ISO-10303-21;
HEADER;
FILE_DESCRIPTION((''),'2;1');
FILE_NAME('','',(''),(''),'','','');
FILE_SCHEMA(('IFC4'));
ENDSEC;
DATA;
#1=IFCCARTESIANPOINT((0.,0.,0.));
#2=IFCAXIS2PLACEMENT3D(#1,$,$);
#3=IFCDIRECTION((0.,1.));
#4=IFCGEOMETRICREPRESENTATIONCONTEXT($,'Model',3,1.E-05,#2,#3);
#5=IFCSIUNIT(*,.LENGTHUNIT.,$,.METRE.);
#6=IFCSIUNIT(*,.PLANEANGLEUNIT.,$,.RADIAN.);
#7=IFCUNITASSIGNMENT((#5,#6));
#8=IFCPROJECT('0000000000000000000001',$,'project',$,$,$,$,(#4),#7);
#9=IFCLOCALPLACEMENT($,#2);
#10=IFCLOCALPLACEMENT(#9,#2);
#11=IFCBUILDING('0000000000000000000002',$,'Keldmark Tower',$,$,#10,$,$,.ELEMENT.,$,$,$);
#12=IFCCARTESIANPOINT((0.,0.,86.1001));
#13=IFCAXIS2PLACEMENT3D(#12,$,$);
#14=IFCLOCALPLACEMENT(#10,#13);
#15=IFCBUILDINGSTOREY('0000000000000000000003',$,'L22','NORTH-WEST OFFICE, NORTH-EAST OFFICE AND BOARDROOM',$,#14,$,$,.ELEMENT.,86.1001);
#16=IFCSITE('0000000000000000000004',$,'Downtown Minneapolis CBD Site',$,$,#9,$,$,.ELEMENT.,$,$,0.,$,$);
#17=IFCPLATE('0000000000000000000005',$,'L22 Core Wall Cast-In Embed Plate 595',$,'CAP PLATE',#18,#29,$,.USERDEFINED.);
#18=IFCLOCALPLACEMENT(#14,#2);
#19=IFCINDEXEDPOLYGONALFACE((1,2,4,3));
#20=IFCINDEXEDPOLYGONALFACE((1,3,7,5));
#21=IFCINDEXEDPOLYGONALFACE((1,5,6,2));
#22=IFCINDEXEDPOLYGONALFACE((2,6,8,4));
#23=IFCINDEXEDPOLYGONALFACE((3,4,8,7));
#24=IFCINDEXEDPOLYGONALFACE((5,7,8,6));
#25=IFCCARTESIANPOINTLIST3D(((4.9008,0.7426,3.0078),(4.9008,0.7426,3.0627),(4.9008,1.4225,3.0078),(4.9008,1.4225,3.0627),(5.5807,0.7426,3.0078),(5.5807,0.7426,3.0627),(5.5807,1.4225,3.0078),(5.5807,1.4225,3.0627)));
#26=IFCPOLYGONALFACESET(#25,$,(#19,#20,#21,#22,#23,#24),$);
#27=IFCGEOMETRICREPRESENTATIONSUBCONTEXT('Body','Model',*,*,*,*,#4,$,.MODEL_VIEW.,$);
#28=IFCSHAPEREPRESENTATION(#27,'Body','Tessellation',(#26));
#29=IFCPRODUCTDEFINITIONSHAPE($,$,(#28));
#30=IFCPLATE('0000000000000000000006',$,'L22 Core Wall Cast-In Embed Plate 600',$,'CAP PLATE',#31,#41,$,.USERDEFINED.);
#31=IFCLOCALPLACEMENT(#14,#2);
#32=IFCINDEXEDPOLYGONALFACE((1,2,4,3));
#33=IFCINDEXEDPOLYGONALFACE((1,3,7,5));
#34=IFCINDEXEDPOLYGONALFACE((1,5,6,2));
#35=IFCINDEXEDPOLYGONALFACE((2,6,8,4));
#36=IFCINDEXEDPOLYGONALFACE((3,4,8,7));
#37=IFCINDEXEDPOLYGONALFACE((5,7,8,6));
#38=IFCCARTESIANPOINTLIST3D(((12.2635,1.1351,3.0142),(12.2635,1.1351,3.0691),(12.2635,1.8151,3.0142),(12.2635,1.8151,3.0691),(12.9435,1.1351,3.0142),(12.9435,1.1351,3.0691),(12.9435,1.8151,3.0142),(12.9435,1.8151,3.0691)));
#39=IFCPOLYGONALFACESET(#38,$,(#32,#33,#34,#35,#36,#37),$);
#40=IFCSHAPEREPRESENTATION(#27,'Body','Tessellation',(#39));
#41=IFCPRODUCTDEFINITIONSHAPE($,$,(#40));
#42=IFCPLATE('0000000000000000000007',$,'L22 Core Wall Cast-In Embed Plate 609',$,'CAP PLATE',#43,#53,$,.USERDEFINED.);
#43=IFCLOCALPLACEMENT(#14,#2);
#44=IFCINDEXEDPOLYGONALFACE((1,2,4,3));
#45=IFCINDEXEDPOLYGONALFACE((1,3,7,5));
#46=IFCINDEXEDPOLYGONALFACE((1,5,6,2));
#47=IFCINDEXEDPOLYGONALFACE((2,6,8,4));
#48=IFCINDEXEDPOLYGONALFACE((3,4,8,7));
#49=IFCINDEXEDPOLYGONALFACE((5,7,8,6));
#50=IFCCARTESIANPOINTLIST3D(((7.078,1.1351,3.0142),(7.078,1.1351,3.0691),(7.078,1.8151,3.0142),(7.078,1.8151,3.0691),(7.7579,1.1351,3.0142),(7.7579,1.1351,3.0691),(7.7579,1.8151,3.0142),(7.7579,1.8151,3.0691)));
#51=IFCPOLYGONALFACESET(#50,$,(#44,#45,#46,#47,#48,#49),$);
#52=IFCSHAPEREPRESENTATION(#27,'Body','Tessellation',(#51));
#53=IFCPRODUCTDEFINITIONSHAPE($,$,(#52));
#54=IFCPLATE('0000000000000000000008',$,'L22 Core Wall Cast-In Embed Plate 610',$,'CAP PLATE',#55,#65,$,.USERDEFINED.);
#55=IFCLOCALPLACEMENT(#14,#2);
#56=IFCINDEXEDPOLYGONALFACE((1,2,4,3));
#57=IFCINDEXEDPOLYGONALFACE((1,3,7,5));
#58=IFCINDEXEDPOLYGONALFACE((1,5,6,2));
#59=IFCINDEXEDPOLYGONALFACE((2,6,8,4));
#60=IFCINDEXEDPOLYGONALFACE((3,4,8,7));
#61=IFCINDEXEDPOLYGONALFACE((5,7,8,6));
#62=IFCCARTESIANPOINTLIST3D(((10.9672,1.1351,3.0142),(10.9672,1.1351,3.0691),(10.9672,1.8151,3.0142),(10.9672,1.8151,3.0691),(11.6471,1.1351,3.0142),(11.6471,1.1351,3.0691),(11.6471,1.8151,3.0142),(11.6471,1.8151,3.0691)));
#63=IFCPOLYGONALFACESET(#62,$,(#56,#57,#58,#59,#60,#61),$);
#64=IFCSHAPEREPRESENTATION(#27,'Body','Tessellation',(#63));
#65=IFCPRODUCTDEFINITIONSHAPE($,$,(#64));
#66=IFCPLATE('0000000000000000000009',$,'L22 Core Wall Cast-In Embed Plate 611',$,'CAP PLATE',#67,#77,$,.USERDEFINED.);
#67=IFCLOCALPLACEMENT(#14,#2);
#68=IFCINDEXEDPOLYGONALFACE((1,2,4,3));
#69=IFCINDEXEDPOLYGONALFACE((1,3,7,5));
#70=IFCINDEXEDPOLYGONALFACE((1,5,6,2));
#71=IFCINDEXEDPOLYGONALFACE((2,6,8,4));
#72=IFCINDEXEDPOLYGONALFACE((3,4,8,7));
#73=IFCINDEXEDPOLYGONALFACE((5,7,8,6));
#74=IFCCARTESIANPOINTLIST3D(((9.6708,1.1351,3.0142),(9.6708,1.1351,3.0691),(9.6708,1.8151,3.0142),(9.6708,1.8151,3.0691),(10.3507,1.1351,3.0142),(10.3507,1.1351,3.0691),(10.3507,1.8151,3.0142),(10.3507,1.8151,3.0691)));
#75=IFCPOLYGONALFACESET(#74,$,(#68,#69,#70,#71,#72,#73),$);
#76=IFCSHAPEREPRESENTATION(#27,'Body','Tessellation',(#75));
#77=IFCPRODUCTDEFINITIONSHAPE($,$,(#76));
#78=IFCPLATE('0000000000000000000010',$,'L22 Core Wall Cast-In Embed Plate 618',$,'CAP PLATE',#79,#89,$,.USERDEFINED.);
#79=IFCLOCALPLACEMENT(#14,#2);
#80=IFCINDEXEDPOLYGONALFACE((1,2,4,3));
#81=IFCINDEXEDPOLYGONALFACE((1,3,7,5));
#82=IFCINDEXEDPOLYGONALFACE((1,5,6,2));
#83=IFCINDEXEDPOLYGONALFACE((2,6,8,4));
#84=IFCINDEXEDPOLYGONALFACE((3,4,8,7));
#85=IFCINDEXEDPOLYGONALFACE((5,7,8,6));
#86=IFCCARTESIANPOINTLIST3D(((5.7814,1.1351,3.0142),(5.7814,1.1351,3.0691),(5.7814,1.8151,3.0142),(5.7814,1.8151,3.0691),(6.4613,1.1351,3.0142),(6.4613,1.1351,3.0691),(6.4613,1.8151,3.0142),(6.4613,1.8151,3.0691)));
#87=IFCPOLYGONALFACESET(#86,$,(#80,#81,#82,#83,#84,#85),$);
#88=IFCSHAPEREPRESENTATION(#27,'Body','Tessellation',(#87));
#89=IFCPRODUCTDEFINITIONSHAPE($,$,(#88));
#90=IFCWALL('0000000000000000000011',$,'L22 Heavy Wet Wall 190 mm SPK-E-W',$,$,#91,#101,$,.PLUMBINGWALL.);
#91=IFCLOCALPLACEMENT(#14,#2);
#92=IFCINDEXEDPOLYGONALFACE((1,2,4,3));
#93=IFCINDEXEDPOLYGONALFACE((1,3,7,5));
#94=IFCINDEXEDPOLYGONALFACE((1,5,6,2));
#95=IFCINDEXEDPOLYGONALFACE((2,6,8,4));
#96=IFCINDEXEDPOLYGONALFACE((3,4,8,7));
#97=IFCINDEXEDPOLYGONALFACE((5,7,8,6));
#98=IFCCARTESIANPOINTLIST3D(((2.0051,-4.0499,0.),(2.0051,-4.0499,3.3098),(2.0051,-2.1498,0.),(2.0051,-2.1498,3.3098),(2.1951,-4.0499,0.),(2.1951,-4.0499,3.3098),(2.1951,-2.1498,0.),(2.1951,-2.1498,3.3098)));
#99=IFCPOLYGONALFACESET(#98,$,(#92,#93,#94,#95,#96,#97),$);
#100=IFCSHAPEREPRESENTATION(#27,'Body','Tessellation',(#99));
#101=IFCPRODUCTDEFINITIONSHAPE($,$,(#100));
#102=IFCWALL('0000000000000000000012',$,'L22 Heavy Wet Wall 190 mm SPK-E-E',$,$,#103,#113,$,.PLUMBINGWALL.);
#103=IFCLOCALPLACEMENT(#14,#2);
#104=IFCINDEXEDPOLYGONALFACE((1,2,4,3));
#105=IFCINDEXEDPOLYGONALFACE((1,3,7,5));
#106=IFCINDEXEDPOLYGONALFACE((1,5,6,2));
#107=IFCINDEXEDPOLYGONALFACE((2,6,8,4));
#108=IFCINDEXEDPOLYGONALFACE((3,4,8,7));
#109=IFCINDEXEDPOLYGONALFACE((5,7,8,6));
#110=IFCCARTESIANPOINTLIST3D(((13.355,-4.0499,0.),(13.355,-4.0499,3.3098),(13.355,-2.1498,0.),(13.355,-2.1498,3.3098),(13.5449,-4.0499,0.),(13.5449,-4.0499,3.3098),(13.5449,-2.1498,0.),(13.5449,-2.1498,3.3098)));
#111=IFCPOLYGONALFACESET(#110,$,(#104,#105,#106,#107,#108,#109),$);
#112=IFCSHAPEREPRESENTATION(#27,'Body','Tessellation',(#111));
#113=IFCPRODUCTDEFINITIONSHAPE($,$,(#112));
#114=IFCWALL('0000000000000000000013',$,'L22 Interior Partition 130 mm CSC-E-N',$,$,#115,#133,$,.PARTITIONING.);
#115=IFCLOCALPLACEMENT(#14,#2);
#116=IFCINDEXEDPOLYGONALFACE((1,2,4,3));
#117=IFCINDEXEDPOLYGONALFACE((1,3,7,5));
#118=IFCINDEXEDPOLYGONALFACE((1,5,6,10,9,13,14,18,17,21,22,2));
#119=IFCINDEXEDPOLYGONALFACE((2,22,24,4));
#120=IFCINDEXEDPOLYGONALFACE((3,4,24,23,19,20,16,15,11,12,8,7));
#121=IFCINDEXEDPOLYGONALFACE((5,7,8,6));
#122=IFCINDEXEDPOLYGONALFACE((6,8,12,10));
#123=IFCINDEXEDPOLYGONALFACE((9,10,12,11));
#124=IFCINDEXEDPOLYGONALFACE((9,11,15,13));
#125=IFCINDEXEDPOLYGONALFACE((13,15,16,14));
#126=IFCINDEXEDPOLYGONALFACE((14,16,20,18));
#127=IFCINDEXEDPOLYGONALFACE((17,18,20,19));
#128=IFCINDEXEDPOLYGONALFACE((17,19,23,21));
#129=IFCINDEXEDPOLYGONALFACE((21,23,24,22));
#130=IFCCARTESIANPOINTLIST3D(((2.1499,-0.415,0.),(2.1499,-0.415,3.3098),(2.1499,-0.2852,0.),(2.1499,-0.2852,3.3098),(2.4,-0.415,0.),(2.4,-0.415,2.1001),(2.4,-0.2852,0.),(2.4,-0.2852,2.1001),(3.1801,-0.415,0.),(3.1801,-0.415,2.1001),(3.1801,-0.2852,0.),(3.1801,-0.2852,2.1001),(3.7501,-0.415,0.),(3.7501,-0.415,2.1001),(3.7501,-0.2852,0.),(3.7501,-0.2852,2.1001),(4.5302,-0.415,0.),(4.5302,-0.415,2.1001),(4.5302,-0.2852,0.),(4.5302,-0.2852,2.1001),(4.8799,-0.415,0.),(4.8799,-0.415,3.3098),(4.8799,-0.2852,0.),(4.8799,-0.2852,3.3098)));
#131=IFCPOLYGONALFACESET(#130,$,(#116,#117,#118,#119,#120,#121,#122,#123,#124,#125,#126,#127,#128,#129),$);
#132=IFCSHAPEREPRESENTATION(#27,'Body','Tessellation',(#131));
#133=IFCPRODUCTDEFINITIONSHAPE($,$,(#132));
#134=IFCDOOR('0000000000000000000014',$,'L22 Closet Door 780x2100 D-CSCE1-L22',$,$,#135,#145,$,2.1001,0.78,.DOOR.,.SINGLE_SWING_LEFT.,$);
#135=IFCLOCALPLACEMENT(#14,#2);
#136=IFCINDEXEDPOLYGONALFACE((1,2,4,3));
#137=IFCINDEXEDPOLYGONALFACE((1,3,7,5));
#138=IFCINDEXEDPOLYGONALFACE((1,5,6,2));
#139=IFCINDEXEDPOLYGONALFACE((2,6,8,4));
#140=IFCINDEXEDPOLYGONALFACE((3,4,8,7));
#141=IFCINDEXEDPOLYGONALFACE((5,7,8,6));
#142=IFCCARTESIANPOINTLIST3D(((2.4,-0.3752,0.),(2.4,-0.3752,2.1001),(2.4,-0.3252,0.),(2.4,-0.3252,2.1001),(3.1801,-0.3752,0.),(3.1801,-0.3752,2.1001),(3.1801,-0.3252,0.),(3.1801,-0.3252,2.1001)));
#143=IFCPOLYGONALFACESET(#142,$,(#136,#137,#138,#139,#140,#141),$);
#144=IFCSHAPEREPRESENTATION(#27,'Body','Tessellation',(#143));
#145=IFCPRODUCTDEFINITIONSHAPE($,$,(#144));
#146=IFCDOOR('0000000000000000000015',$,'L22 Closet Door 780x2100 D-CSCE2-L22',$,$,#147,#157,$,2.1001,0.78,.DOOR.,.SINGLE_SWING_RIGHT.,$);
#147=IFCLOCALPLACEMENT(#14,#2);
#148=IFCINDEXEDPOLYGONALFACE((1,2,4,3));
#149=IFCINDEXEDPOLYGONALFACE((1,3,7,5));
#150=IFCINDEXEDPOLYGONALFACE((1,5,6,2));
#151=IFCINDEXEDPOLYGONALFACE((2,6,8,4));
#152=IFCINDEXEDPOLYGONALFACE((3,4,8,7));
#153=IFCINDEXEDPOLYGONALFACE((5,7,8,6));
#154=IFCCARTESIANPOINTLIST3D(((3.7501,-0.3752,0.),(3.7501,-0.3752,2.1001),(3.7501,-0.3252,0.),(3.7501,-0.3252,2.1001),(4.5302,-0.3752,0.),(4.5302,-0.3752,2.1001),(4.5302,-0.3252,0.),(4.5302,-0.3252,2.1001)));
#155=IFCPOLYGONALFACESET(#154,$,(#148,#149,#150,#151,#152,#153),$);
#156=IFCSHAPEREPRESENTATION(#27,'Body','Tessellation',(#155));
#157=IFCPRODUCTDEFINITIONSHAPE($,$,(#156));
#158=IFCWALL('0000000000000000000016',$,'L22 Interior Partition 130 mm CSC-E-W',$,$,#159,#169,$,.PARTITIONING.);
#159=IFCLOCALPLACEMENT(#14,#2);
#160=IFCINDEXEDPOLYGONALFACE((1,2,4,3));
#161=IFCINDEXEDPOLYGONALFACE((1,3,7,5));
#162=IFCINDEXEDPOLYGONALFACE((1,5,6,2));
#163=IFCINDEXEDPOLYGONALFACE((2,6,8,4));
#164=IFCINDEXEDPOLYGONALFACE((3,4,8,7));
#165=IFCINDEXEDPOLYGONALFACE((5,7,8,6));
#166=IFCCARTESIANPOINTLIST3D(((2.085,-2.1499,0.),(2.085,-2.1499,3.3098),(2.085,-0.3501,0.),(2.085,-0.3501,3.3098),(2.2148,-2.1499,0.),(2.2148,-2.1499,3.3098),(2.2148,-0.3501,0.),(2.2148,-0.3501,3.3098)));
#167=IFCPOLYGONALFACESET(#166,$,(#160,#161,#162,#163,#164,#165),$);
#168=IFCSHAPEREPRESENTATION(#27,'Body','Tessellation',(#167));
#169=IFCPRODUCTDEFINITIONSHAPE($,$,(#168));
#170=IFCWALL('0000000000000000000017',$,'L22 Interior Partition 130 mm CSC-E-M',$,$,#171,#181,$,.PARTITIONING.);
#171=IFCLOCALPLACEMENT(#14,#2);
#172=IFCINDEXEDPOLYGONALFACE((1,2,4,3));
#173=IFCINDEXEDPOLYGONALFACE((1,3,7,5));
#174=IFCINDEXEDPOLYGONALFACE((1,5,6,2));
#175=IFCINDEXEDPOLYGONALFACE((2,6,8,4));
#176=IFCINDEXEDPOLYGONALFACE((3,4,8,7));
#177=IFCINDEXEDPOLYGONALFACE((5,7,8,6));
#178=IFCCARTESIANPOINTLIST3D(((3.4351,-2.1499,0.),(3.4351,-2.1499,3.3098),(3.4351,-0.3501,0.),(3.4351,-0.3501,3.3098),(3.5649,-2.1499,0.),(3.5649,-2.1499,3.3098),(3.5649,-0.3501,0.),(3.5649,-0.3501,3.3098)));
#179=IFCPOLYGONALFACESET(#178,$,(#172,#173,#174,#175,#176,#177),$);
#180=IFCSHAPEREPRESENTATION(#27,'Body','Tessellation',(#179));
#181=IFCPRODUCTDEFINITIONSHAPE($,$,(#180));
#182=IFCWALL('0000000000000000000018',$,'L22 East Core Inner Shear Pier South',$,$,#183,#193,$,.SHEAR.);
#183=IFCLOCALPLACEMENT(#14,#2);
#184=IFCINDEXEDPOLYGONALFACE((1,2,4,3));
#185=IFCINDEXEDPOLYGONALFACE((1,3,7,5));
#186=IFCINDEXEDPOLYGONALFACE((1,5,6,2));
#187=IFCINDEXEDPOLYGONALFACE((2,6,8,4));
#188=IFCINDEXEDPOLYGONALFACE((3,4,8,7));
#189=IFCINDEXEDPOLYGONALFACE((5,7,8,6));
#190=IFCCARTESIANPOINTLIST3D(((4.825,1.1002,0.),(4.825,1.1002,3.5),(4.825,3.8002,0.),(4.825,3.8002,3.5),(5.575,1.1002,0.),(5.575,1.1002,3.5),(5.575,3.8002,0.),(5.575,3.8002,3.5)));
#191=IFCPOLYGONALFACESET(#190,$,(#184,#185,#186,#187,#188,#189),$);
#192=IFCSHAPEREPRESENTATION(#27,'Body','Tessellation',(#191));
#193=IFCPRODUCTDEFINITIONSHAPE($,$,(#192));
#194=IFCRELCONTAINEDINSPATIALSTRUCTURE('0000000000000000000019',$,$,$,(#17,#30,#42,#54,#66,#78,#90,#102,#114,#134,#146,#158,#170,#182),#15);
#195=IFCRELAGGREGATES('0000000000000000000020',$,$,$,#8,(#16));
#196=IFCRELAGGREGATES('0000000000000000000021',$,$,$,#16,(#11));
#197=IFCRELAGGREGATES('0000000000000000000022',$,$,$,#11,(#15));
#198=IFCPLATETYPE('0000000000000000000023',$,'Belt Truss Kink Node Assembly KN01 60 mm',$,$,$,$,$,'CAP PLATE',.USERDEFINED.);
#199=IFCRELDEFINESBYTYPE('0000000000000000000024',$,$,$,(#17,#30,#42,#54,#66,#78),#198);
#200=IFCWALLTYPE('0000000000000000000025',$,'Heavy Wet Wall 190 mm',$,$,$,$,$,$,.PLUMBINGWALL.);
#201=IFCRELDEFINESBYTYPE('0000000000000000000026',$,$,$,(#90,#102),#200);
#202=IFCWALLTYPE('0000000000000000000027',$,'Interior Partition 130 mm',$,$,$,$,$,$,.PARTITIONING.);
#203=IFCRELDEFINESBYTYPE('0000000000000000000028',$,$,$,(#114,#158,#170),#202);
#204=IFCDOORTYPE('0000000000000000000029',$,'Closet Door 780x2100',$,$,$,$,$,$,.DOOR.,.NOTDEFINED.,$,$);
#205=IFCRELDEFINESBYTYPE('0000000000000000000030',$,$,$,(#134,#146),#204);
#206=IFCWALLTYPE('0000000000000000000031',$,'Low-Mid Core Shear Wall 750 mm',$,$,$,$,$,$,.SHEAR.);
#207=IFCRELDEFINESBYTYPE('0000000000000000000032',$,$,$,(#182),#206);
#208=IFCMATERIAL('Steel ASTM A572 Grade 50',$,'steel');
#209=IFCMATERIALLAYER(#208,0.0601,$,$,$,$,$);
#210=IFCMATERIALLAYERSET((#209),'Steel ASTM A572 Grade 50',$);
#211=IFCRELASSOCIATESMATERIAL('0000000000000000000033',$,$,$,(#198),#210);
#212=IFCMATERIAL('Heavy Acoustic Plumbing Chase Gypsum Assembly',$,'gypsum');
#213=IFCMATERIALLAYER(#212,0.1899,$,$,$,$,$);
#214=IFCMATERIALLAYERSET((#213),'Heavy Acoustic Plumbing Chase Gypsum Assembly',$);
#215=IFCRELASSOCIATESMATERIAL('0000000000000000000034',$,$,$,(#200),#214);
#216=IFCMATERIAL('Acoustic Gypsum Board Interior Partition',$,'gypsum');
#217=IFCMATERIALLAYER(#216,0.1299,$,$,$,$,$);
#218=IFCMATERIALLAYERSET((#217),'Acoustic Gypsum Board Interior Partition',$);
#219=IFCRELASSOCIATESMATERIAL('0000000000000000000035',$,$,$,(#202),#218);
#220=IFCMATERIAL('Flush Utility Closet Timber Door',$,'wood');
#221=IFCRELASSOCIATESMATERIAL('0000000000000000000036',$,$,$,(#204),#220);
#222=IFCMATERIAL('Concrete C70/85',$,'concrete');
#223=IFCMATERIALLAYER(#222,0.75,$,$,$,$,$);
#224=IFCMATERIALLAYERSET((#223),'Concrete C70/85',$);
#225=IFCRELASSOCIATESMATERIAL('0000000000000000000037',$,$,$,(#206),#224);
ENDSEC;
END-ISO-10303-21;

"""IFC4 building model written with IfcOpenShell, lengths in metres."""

from ifc_helpers import new_model, si_unit, direction, frame, frame_2d, origin, origin_2d, place, context, subcontext, project, spatial, rectangle, extrude, material, layer, layer_set, type_object, element, fill, save


model = new_model("IFC4")

# Units and contexts
model_context = context("Model", 3, precision=1e-05, world=origin(), true_north=direction((0.0, 1.0)))
body_context = subcontext(model_context, "Body", "Model", "MODEL_VIEW")
ifc_project = project(units=[si_unit("LENGTHUNIT", "METRE"), si_unit("PLANEANGLEUNIT", "RADIAN")], contexts=[model_context])

# Site, building, storey
site_placement = place(None, origin())
site = spatial("IfcSite", under=ifc_project, at=site_placement, Name="Downtown Minneapolis CBD Site", CompositionType="ELEMENT", RefElevation=0.0)
building_placement = place(site_placement, origin())
building = spatial("IfcBuilding", under=site, at=building_placement, Name="Keldmark Tower", CompositionType="ELEMENT")
storey_placement = place(building_placement, frame((0.0, 0.0, 86.1001)))
storey = spatial("IfcBuildingStorey", under=building, at=storey_placement, Name="L22", Description="NORTH-WEST OFFICE, NORTH-EAST OFFICE AND BOARDROOM", CompositionType="ELEMENT", Elevation=86.1001)

# Plates
ifc_material_1 = material(Name="Steel ASTM A572 Grade 50", Category="steel")
ifc_layer_1 = layer(ifc_material_1, 0.0601)
ifc_layer_set_1 = layer_set([ifc_layer_1], Name="Steel ASTM A572 Grade 50")
plate_type = type_object("IfcPlateType", Name="Belt Truss Kink Node Assembly KN01 60 mm", ElementType="CAP PLATE", PredefinedType="USERDEFINED", material=ifc_layer_set_1)
for number, where, z_axis, x_axis, name in (
    (1, (5.2407, 1.0825, 3.0078), (0.0, 0.0, 1.0), (1.0, 0.0, 0.0), "L22 Core Wall Cast-In Embed Plate 595"),
    (2, (12.6035, 1.4751, 3.0142), (0.0, 0.0, 1.0), (1.0, 0.0, 0.0), "L22 Core Wall Cast-In Embed Plate 600"),
    (3, (7.418, 1.4751, 3.0142), (0.0, 0.0, 1.0), (1.0, 0.0, 0.0), "L22 Core Wall Cast-In Embed Plate 609"),
    (4, (11.3071, 1.4751, 3.0142), (0.0, 0.0, 1.0), (1.0, 0.0, 0.0), "L22 Core Wall Cast-In Embed Plate 610"),
    (5, (10.0107, 1.4751, 3.0142), (0.0, 0.0, 1.0), (1.0, 0.0, 0.0), "L22 Core Wall Cast-In Embed Plate 611"),
    (6, (6.1213, 1.4751, 3.0142), (0.0, 0.0, 1.0), (1.0, 0.0, 0.0), "L22 Core Wall Cast-In Embed Plate 618"),
):
    element("IfcPlate", number, at=place(storey_placement, frame(where, z_axis=z_axis, x_axis=x_axis)), inside=storey, type_object=plate_type, Name=name, ObjectType="CAP PLATE", PredefinedType="USERDEFINED", context=body_context, shape_type="SweptSolid", body=[
        extrude(rectangle(XDim=0.6799, YDim=0.6799, at=origin_2d()), origin(), (0.0, 0.0, 1.0), 0.0549),
    ])

# Walls
ifc_material_2 = material(Name="Heavy Acoustic Plumbing Chase Gypsum Assembly", Category="gypsum")
ifc_layer_2 = layer(ifc_material_2, 0.1899)
ifc_layer_set_2 = layer_set([ifc_layer_2], Name="Heavy Acoustic Plumbing Chase Gypsum Assembly")
wall_type_1 = type_object("IfcWallType", Name="Heavy Wet Wall 190 mm", PredefinedType="PLUMBINGWALL", material=ifc_layer_set_2)
for number, where, z_axis, x_axis, name in (
    (7, (2.1001, -4.05, 0.0), (0.0, 0.0, 1.0), (0.0, 1.0, 0.0), "L22 Heavy Wet Wall 190 mm SPK-E-W"),
    (8, (13.45, -4.05, 0.0), (0.0, 0.0, 1.0), (0.0, 1.0, 0.0), "L22 Heavy Wet Wall 190 mm SPK-E-E"),
):
    element("IfcWall", number, at=place(storey_placement, frame(where, z_axis=z_axis, x_axis=x_axis)), inside=storey, type_object=wall_type_1, Name=name, PredefinedType="PLUMBINGWALL", context=body_context, shape_type="SweptSolid", body=[
        extrude(rectangle(XDim=1.9001, YDim=0.1899, at=frame_2d((0.9502, 0.0))), origin(), (0.0, 0.0, 1.0), 3.3098),
    ])

# Wall, openings, doors
ifc_material_3 = material(Name="Acoustic Gypsum Board Interior Partition", Category="gypsum")
ifc_layer_3 = layer(ifc_material_3, 0.1299)
ifc_layer_set_3 = layer_set([ifc_layer_3], Name="Acoustic Gypsum Board Interior Partition")
wall_type_2 = type_object("IfcWallType", Name="Interior Partition 130 mm", PredefinedType="PARTITIONING", material=ifc_layer_set_3)
wall_1_placement = place(storey_placement, frame((2.1499, -0.3501, 0.0), z_axis=(0.0, 0.0, 1.0), x_axis=(1.0, 0.0, 0.0)))
wall_1 = element("IfcWall", 9, at=wall_1_placement, inside=storey, type_object=wall_type_2, Name="L22 Interior Partition 130 mm CSC-E-N", PredefinedType="PARTITIONING", context=body_context, shape_type="SweptSolid", body=[
    extrude(rectangle(XDim=2.73, YDim=0.1299, at=frame_2d((1.365, 0.0))), origin(), (0.0, 0.0, 1.0), 3.3098),
])
opening_1_placement = place(wall_1_placement, frame((0.25, 0.0, 0.0)))
opening_1 = element("IfcOpeningElement", 10, at=opening_1_placement, cuts=wall_1, PredefinedType="OPENING", context=body_context, shape_type="SweptSolid", body=[
    extrude(rectangle(XDim=0.78, YDim=2.1001, at=frame_2d((0.3901, 1.05))), frame((0.0, 0.075, 0.0), z_axis=(0.0, -1.0, 0.0), x_axis=(1.0, 0.0, 0.0)), (0.0, 0.0, 1.0), 0.1499),
])
opening_2_placement = place(wall_1_placement, frame((1.6001, 0.0, 0.0)))
opening_2 = element("IfcOpeningElement", 11, at=opening_2_placement, cuts=wall_1, PredefinedType="OPENING", context=body_context, shape_type="SweptSolid", body=[
    extrude(rectangle(XDim=0.78, YDim=2.1001, at=frame_2d((0.3901, 1.05))), frame((0.0, 0.075, 0.0), z_axis=(0.0, -1.0, 0.0), x_axis=(1.0, 0.0, 0.0)), (0.0, 0.0, 1.0), 0.1499),
])
ifc_material_4 = material(Name="Flush Utility Closet Timber Door", Category="wood")
door_type_1 = type_object("IfcDoorType", Name="Closet Door 780x2100", OperationType="NOTDEFINED", PredefinedType="DOOR", material=ifc_material_4)
door_1_placement = place(opening_1_placement, origin())
door_1 = element("IfcDoor", 12, at=door_1_placement, inside=storey, type_object=door_type_1, Name="L22 Closet Door 780x2100 D-CSCE1-L22", OperationType="SINGLE_SWING_LEFT", OverallHeight=2.1001, OverallWidth=0.78, PredefinedType="DOOR", context=body_context, shape_type="SweptSolid", body=[
    extrude(rectangle(XDim=0.78, YDim=2.1001, at=frame_2d((0.3901, 1.05))), frame((0.0, 0.0249, 0.0), z_axis=(0.0, -1.0, 0.0), x_axis=(1.0, 0.0, 0.0)), (0.0, 0.0, 1.0), 0.05),
])
fill(opening_1, door_1)
door_2_placement = place(opening_2_placement, origin())
door_2 = element("IfcDoor", 13, at=door_2_placement, inside=storey, type_object=door_type_1, Name="L22 Closet Door 780x2100 D-CSCE2-L22", OperationType="SINGLE_SWING_RIGHT", OverallHeight=2.1001, OverallWidth=0.78, PredefinedType="DOOR", context=body_context, shape_type="SweptSolid", body=[
    extrude(rectangle(XDim=0.78, YDim=2.1001, at=frame_2d((0.3901, 1.05))), frame((0.0, 0.0249, 0.0), z_axis=(0.0, -1.0, 0.0), x_axis=(1.0, 0.0, 0.0)), (0.0, 0.0, 1.0), 0.05),
])
fill(opening_2, door_2)

# Walls
for number, where, z_axis, x_axis, name in (
    (14, (2.1499, -2.1499, 0.0), (0.0, 0.0, 1.0), (0.0, 1.0, 0.0), "L22 Interior Partition 130 mm CSC-E-W"),
    (15, (3.5, -2.1499, 0.0), (0.0, 0.0, 1.0), (0.0, 1.0, 0.0), "L22 Interior Partition 130 mm CSC-E-M"),
):
    element("IfcWall", number, at=place(storey_placement, frame(where, z_axis=z_axis, x_axis=x_axis)), inside=storey, type_object=wall_type_2, Name=name, PredefinedType="PARTITIONING", context=body_context, shape_type="SweptSolid", body=[
        extrude(rectangle(XDim=1.7998, YDim=0.1299, at=frame_2d((0.8999, 0.0))), origin(), (0.0, 0.0, 1.0), 3.3098),
    ])
ifc_material_5 = material(Name="Concrete C70/85", Category="concrete")
ifc_layer_4 = layer(ifc_material_5, 0.75)
ifc_layer_set_4 = layer_set([ifc_layer_4], Name="Concrete C70/85")
wall_type_3 = type_object("IfcWallType", Name="Low-Mid Core Shear Wall 750 mm", PredefinedType="SHEAR", material=ifc_layer_set_4)
wall_2_placement = place(storey_placement, frame((5.2, 1.1001, 0.0), z_axis=(0.0, 0.0, 1.0), x_axis=(0.0, 1.0, 0.0)))
element("IfcWall", 16, at=wall_2_placement, inside=storey, type_object=wall_type_3, Name="L22 East Core Inner Shear Pier South", PredefinedType="SHEAR", context=body_context, shape_type="SweptSolid", body=[
    extrude(rectangle(XDim=2.7, YDim=0.75, at=frame_2d((1.3501, 0.0))), origin(), (0.0, 0.0, 1.0), 3.5),
])

save(model, "model.ifc")
